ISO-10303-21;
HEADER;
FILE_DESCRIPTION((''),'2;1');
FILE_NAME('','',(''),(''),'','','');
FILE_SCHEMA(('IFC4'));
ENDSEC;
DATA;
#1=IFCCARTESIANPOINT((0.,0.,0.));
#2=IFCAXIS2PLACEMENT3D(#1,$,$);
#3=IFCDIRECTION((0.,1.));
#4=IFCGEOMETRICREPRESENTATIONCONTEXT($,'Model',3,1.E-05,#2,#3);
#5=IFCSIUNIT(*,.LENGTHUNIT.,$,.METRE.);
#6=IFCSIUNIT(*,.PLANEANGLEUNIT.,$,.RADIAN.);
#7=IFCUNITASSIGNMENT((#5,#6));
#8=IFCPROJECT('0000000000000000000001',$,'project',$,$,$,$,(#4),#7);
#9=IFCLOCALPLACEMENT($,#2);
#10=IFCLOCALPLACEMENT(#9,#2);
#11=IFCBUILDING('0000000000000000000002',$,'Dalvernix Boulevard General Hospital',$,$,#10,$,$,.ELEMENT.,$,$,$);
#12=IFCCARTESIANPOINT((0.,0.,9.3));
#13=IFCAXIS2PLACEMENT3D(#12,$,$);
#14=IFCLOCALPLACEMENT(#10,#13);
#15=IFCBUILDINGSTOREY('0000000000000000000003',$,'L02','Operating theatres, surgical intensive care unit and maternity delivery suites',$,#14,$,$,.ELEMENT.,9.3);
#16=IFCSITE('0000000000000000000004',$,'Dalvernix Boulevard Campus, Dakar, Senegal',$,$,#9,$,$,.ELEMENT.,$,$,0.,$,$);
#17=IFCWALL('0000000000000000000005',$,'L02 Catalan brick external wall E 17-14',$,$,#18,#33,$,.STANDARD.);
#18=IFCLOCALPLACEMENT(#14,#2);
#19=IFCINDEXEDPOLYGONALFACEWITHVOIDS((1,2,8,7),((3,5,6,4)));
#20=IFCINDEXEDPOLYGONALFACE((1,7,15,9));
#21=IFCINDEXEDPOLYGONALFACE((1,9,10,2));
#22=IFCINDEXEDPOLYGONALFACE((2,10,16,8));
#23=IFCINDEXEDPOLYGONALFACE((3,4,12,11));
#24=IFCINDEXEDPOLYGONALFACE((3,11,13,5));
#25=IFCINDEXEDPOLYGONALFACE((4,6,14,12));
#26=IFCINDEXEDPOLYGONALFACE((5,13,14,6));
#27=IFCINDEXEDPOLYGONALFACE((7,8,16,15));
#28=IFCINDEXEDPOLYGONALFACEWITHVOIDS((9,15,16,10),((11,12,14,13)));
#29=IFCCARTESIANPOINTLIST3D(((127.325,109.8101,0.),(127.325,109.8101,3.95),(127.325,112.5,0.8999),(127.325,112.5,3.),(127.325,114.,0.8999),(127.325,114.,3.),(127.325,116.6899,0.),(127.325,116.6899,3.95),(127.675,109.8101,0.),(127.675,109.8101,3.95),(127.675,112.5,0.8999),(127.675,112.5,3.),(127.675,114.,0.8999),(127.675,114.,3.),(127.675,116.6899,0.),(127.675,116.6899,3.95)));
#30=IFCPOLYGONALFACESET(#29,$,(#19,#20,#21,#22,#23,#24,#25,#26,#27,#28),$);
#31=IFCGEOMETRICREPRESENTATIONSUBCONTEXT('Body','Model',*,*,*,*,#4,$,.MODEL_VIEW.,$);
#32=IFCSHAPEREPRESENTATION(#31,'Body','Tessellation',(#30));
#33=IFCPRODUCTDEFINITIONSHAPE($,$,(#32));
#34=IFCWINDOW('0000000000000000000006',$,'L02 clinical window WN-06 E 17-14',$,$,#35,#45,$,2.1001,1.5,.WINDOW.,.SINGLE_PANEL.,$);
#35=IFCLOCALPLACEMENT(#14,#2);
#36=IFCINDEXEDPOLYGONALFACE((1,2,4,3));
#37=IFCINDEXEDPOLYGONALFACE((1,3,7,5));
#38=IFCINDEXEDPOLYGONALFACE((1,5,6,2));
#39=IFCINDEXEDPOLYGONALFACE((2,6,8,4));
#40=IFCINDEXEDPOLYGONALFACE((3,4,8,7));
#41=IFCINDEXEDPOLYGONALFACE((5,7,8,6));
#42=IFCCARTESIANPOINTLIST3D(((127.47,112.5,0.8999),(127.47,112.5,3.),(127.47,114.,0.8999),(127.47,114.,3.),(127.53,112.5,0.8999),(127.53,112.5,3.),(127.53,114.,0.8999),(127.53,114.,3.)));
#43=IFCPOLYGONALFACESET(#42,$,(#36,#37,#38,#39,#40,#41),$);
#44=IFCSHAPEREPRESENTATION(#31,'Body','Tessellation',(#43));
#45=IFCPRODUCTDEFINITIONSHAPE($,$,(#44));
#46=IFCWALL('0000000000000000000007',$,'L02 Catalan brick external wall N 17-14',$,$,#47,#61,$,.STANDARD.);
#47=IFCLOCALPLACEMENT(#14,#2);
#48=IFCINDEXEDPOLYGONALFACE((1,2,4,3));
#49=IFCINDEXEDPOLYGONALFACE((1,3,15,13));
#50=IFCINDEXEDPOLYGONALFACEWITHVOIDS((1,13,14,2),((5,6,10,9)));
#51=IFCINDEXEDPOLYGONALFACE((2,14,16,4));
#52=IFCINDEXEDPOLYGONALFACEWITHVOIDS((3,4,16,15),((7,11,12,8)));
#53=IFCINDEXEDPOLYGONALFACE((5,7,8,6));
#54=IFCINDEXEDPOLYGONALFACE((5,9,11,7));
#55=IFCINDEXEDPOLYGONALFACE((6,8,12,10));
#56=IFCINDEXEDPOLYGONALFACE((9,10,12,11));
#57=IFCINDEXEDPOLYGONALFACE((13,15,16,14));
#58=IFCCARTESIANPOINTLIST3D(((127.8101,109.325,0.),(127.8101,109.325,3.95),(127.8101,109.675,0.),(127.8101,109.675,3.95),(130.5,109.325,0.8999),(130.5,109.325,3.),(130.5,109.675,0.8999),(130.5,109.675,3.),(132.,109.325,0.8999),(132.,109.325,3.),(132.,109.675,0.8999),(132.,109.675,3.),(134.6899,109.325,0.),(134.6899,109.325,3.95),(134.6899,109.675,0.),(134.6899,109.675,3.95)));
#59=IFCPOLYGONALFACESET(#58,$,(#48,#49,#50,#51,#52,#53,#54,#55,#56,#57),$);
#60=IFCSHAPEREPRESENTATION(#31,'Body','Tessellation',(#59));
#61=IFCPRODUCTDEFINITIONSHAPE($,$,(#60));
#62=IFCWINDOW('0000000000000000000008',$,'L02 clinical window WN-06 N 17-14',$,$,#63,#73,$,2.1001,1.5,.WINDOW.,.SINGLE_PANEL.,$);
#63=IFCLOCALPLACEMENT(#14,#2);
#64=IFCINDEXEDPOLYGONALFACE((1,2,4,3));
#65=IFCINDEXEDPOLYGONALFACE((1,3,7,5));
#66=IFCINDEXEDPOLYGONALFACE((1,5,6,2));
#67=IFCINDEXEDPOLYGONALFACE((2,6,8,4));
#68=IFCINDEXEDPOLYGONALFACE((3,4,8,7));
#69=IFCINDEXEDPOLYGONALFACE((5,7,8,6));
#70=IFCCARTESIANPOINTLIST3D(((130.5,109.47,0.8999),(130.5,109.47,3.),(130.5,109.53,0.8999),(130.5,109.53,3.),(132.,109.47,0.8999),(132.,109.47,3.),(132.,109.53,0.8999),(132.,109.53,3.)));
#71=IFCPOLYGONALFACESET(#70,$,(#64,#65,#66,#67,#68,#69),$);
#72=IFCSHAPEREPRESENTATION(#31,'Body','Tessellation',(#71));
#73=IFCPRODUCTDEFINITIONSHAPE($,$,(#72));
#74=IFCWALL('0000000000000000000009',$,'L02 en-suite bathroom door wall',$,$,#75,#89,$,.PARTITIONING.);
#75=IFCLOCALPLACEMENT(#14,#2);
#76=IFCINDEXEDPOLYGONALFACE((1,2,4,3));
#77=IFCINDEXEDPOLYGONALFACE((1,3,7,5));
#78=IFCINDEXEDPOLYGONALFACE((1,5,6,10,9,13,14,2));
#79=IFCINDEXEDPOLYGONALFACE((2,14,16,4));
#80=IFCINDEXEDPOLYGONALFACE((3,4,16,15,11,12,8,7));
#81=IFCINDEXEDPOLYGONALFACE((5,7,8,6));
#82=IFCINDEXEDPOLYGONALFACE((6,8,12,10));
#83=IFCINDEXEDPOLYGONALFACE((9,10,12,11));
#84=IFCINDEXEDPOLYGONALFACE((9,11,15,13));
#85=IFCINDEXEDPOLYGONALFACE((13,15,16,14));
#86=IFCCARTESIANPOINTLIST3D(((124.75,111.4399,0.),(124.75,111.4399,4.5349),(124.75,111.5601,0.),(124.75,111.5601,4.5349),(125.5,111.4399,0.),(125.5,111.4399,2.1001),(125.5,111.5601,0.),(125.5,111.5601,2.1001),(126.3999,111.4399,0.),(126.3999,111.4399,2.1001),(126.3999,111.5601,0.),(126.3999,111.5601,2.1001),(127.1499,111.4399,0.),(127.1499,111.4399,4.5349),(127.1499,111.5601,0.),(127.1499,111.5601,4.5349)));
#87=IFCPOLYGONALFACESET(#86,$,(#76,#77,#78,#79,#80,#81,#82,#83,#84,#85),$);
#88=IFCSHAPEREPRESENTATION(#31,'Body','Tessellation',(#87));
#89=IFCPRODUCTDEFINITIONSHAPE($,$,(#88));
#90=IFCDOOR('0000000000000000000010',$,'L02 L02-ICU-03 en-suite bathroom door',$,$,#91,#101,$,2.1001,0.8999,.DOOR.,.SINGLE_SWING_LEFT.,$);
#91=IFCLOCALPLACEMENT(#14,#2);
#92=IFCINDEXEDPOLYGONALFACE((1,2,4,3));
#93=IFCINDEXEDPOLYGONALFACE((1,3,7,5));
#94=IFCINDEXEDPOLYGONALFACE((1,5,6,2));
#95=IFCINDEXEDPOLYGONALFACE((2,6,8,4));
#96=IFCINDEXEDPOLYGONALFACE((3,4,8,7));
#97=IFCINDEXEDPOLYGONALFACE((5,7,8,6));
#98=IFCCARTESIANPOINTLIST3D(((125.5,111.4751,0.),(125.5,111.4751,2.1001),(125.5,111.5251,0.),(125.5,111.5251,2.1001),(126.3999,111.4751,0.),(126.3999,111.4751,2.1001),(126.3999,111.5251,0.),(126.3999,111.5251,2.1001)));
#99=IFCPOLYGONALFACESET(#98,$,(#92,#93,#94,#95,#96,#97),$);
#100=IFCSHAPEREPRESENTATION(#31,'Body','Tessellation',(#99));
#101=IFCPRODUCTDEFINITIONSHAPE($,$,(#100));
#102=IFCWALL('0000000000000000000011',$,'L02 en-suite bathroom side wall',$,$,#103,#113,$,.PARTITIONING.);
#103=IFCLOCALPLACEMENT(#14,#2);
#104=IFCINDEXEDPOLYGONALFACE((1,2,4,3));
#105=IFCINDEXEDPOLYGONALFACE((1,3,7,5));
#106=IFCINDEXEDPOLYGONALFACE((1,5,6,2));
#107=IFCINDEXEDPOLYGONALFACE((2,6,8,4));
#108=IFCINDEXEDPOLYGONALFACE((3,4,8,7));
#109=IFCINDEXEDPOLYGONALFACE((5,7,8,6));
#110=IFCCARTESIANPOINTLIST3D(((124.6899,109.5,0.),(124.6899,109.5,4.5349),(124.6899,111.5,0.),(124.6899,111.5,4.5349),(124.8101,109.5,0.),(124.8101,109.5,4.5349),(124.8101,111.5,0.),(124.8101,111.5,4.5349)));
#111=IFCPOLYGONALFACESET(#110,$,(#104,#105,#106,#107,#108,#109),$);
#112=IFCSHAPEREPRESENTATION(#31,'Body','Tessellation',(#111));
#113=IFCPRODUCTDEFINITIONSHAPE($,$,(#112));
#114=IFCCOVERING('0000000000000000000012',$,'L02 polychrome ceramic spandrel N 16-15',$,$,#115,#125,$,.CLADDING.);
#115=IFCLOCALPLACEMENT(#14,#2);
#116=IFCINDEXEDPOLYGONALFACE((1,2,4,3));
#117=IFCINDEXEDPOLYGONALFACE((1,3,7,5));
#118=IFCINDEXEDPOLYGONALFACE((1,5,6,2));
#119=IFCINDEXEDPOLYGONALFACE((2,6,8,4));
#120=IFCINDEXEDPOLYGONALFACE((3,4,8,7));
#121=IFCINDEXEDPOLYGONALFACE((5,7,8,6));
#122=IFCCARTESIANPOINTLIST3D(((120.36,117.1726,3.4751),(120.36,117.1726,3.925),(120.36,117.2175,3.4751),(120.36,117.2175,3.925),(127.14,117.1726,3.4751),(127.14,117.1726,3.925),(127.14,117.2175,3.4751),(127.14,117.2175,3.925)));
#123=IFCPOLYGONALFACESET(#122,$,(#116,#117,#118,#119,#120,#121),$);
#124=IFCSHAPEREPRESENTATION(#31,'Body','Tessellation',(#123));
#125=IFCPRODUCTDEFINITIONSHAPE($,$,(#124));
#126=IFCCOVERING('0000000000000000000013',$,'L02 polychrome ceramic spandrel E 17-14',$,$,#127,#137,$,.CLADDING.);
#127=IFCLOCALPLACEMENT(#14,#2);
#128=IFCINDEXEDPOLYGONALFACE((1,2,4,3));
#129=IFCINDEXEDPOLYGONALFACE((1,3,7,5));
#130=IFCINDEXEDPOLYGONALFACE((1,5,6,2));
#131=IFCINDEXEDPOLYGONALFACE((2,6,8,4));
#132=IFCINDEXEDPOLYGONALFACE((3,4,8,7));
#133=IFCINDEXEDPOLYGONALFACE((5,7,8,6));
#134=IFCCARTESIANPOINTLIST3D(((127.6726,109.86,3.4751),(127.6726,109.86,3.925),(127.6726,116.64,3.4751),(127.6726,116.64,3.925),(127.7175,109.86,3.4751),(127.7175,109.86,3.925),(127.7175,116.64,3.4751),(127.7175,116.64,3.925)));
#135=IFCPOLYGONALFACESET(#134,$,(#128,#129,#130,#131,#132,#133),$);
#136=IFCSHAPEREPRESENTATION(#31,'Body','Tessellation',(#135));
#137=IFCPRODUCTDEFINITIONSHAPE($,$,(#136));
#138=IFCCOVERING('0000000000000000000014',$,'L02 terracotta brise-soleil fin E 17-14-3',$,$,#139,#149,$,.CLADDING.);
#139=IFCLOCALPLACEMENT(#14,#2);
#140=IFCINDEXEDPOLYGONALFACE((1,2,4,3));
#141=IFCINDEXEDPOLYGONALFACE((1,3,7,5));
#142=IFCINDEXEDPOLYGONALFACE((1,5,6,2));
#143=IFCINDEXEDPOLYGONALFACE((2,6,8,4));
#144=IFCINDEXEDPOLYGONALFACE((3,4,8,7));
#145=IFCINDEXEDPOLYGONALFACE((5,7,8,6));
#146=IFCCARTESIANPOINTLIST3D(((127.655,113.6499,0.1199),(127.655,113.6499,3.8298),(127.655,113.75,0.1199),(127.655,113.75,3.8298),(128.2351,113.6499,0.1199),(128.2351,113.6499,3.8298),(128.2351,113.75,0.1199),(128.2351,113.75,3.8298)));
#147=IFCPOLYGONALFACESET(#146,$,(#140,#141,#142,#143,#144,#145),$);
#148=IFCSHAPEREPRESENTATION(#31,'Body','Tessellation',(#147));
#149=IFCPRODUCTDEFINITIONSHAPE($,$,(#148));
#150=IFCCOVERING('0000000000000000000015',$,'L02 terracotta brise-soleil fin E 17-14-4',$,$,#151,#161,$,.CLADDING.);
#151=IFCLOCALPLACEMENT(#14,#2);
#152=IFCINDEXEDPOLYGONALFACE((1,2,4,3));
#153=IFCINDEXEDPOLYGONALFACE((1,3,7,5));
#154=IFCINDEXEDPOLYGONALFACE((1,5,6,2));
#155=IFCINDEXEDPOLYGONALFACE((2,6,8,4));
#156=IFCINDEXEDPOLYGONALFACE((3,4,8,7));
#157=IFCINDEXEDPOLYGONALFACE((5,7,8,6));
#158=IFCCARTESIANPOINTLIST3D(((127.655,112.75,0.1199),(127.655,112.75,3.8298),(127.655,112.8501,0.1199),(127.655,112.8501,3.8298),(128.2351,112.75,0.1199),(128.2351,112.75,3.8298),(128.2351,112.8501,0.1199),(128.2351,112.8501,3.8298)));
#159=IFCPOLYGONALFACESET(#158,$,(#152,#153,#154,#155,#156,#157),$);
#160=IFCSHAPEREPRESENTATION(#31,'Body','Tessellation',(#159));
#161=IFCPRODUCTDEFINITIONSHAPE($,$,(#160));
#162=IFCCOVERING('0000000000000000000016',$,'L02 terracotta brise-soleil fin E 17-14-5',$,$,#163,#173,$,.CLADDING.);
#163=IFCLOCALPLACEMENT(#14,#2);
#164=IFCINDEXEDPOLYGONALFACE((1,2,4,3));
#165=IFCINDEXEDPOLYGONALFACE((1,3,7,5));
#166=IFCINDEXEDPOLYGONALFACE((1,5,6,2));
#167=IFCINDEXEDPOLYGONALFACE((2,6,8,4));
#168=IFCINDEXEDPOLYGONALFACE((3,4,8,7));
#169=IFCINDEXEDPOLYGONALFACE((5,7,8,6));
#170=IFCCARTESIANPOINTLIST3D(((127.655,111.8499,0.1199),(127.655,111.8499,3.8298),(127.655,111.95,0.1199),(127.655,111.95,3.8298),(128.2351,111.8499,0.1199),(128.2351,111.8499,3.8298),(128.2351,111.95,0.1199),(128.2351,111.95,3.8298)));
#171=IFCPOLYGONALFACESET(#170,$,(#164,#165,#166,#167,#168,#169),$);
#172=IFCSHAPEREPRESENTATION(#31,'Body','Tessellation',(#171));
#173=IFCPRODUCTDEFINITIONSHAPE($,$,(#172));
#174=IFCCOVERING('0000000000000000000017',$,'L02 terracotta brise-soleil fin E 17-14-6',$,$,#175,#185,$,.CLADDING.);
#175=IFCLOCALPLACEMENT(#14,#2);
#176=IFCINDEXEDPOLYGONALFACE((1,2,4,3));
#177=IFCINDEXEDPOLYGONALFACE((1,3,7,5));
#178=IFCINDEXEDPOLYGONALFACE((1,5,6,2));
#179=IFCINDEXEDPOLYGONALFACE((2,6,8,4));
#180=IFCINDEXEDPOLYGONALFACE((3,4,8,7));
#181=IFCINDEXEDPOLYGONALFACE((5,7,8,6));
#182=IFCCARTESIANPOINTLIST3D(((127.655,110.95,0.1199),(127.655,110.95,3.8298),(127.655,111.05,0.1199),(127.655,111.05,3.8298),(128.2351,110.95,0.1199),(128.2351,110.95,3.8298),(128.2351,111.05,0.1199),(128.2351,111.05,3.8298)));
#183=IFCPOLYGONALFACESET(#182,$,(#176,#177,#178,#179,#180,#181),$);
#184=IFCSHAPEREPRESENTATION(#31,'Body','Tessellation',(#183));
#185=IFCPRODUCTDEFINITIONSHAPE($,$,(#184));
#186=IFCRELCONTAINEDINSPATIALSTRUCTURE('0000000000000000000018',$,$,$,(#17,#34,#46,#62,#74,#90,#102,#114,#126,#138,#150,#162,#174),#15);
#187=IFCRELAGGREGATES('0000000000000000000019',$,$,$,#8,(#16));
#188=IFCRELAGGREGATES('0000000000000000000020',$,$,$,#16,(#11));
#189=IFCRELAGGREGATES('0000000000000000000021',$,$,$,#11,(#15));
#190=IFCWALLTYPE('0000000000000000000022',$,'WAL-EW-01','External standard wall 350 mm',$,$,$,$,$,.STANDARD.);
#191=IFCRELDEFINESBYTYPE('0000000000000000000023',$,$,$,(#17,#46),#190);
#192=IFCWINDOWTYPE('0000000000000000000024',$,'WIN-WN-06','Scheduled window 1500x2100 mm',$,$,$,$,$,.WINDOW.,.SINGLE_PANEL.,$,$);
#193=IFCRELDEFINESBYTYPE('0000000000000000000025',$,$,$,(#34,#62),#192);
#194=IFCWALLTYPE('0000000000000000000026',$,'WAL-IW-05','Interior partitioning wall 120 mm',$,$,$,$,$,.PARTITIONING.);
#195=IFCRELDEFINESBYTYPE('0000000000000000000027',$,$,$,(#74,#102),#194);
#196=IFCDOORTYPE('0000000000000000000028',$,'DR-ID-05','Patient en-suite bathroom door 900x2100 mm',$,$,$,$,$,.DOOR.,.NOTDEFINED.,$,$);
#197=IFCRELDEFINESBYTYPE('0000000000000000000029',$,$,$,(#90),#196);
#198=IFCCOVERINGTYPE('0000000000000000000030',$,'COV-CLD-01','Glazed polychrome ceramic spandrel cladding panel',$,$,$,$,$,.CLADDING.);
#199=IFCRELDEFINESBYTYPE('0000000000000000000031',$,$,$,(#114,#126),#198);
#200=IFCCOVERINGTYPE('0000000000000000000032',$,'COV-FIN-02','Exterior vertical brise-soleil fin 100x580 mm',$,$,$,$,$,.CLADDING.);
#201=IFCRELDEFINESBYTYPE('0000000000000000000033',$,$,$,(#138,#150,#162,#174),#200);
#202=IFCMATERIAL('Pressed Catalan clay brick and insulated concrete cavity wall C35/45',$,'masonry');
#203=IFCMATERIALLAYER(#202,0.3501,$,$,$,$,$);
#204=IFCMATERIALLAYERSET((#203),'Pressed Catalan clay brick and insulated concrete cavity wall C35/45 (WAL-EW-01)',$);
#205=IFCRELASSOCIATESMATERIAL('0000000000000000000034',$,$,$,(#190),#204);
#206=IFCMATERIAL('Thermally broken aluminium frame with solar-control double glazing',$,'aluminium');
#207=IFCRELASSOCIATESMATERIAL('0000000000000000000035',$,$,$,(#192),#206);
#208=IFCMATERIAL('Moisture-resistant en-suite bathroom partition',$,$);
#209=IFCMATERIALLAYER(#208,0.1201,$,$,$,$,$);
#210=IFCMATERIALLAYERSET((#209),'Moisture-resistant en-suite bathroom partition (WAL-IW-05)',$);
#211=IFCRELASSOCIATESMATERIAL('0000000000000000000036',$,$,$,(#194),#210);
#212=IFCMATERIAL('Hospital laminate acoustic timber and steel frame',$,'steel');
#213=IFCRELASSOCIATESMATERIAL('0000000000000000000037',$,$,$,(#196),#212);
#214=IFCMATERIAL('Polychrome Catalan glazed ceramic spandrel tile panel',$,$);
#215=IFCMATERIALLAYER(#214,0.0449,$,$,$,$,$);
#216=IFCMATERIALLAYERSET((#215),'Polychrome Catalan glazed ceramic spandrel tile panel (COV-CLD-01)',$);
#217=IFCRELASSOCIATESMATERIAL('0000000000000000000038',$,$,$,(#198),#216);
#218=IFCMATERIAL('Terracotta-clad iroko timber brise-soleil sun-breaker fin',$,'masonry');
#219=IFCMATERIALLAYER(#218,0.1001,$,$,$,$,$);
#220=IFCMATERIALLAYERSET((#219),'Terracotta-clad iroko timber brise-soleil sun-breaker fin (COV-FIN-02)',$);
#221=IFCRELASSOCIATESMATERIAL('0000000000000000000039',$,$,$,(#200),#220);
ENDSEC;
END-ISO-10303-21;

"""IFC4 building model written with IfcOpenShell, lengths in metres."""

from ifc_helpers import new_model, si_unit, direction, frame, frame_2d, origin, origin_2d, place, context, subcontext, project, spatial, rectangle, extrude, material, layer, layer_set, type_object, element, fill, save


model = new_model("IFC4")

# Units and contexts
model_context = context("Model", 3, precision=1e-05, world=origin(), true_north=direction((0.0, 1.0)))
body_context = subcontext(model_context, "Body", "Model", "MODEL_VIEW")
ifc_project = project(units=[si_unit("LENGTHUNIT", "METRE"), si_unit("PLANEANGLEUNIT", "RADIAN")], contexts=[model_context])

# Site, building, storey
site_placement = place(None, origin())
site = spatial("IfcSite", under=ifc_project, at=site_placement, Name="Dalvernix Boulevard Campus, Dakar, Senegal", CompositionType="ELEMENT", RefElevation=0.0)
building_placement = place(site_placement, origin())
building = spatial("IfcBuilding", under=site, at=building_placement, Name="Dalvernix Boulevard General Hospital", CompositionType="ELEMENT")
storey_placement = place(building_placement, frame((0.0, 0.0, 9.3)))
storey = spatial("IfcBuildingStorey", under=building, at=storey_placement, Name="L02", Description="Operating theatres, surgical intensive care unit and maternity delivery suites", CompositionType="ELEMENT", Elevation=9.3)

# Walls, openings, windows
ifc_material_1 = material(Name="Pressed Catalan clay brick and insulated concrete cavity wall C35/45", Category="masonry")
ifc_layer_1 = layer(ifc_material_1, 0.3501)
ifc_layer_set_1 = layer_set([ifc_layer_1], Name="Pressed Catalan clay brick and insulated concrete cavity wall C35/45 (WAL-EW-01)")
wall_type_1 = type_object("IfcWallType", Name="WAL-EW-01", Description="External standard wall 350 mm", PredefinedType="STANDARD", material=ifc_layer_set_1)
ifc_material_2 = material(Name="Thermally broken aluminium frame with solar-control double glazing", Category="aluminium")
window_type = type_object("IfcWindowType", Name="WIN-WN-06", Description="Scheduled window 1500x2100 mm", PartitioningType="SINGLE_PANEL", PredefinedType="WINDOW", material=ifc_material_2)
wall_1_placement = place(storey_placement, frame((127.5, 116.6899, 0.0), z_axis=(0.0, 0.0, 1.0), x_axis=(0.0, -1.0, 0.0)))
wall_1 = element("IfcWall", 1, at=wall_1_placement, inside=storey, type_object=wall_type_1, Name="L02 Catalan brick external wall E 17-14", PredefinedType="STANDARD", context=body_context, shape_type="SweptSolid", body=[
    extrude(rectangle(XDim=6.8799, YDim=0.3501, at=frame_2d((3.4399, 0.0))), origin(), (0.0, 0.0, 1.0), 3.95),
])
opening_1_placement = place(wall_1_placement, frame((2.6899, 0.0, 0.8999)))
opening_1 = element("IfcOpeningElement", 2, at=opening_1_placement, cuts=wall_1, PredefinedType="OPENING", context=body_context, shape_type="SweptSolid", body=[
    extrude(rectangle(XDim=1.5, YDim=2.1001, at=frame_2d((0.75, 1.05))), frame((0.0, 0.1851, 0.0), z_axis=(0.0, -1.0, 0.0), x_axis=(1.0, 0.0, 0.0)), (0.0, 0.0, 1.0), 0.3701),
])
window_1_placement = place(opening_1_placement, origin())
window_1 = element("IfcWindow", 3, at=window_1_placement, inside=storey, type_object=window_type, Name="L02 clinical window WN-06 E 17-14", OverallHeight=2.1001, OverallWidth=1.5, PartitioningType="SINGLE_PANEL", PredefinedType="WINDOW", context=body_context, shape_type="SweptSolid", body=[
    extrude(rectangle(XDim=1.5, YDim=2.1001, at=frame_2d((0.75, 1.05))), frame((0.0, 0.03, 0.0), z_axis=(0.0, -1.0, 0.0), x_axis=(1.0, 0.0, 0.0)), (0.0, 0.0, 1.0), 0.0601),
])
fill(opening_1, window_1)
wall_2_placement = place(storey_placement, frame((127.8101, 109.5, 0.0), z_axis=(0.0, 0.0, 1.0), x_axis=(1.0, 0.0, 0.0)))
wall_2 = element("IfcWall", 4, at=wall_2_placement, inside=storey, type_object=wall_type_1, Name="L02 Catalan brick external wall N 17-14", PredefinedType="STANDARD", context=body_context, shape_type="SweptSolid", body=[
    extrude(rectangle(XDim=6.8799, YDim=0.3501, at=frame_2d((3.4399, 0.0))), origin(), (0.0, 0.0, 1.0), 3.95),
])
opening_2_placement = place(wall_2_placement, frame((2.6899, 0.0, 0.8999)))
opening_2 = element("IfcOpeningElement", 5, at=opening_2_placement, cuts=wall_2, PredefinedType="OPENING", context=body_context, shape_type="SweptSolid", body=[
    extrude(rectangle(XDim=1.5, YDim=2.1001, at=frame_2d((0.75, 1.05))), frame((0.0, 0.1851, 0.0), z_axis=(0.0, -1.0, 0.0), x_axis=(1.0, 0.0, 0.0)), (0.0, 0.0, 1.0), 0.3701),
])
window_2_placement = place(opening_2_placement, origin())
window_2 = element("IfcWindow", 6, at=window_2_placement, inside=storey, type_object=window_type, Name="L02 clinical window WN-06 N 17-14", OverallHeight=2.1001, OverallWidth=1.5, PartitioningType="SINGLE_PANEL", PredefinedType="WINDOW", context=body_context, shape_type="SweptSolid", body=[
    extrude(rectangle(XDim=1.5, YDim=2.1001, at=frame_2d((0.75, 1.05))), frame((0.0, 0.03, 0.0), z_axis=(0.0, -1.0, 0.0), x_axis=(1.0, 0.0, 0.0)), (0.0, 0.0, 1.0), 0.0601),
])
fill(opening_2, window_2)

# Wall, opening, door
ifc_material_3 = material(Name="Moisture-resistant en-suite bathroom partition")
ifc_layer_2 = layer(ifc_material_3, 0.1201)
ifc_layer_set_2 = layer_set([ifc_layer_2], Name="Moisture-resistant en-suite bathroom partition (WAL-IW-05)")
wall_type_2 = type_object("IfcWallType", Name="WAL-IW-05", Description="Interior partitioning wall 120 mm", PredefinedType="PARTITIONING", material=ifc_layer_set_2)
wall_3_placement = place(storey_placement, frame((127.1499, 111.5, 0.0), z_axis=(0.0, 0.0, 1.0), x_axis=(-1.0, 0.0, 0.0)))
wall_3 = element("IfcWall", 7, at=wall_3_placement, inside=storey, type_object=wall_type_2, Name="L02 en-suite bathroom door wall", PredefinedType="PARTITIONING", context=body_context, shape_type="SweptSolid", body=[
    extrude(rectangle(XDim=2.3999, YDim=0.1201, at=frame_2d((1.2, 0.0))), origin(), (0.0, 0.0, 1.0), 4.5349),
])
opening_3_placement = place(wall_3_placement, frame((0.75, 0.0, 0.0)))
opening_3 = element("IfcOpeningElement", 8, at=opening_3_placement, cuts=wall_3, PredefinedType="OPENING", context=body_context, shape_type="SweptSolid", body=[
    extrude(rectangle(XDim=0.8999, YDim=2.1001, at=frame_2d((0.45, 1.05))), frame((0.0, 0.0701, 0.0), z_axis=(0.0, -1.0, 0.0), x_axis=(1.0, 0.0, 0.0)), (0.0, 0.0, 1.0), 0.1401),
])
ifc_material_4 = material(Name="Hospital laminate acoustic timber and steel frame", Category="steel")
door_type = type_object("IfcDoorType", Name="DR-ID-05", Description="Patient en-suite bathroom door 900x2100 mm", OperationType="NOTDEFINED", PredefinedType="DOOR", material=ifc_material_4)
door_placement = place(opening_3_placement, origin())
door = element("IfcDoor", 9, at=door_placement, inside=storey, type_object=door_type, Name="L02 L02-ICU-03 en-suite bathroom door", OperationType="SINGLE_SWING_LEFT", OverallHeight=2.1001, OverallWidth=0.8999, PredefinedType="DOOR", context=body_context, shape_type="SweptSolid", body=[
    extrude(rectangle(XDim=0.8999, YDim=2.1001, at=frame_2d((0.45, 1.05))), frame((0.0, 0.0249, 0.0), z_axis=(0.0, -1.0, 0.0), x_axis=(1.0, 0.0, 0.0)), (0.0, 0.0, 1.0), 0.05),
])
fill(opening_3, door)

# Wall
wall_4_placement = place(storey_placement, frame((124.75, 109.5, 0.0), z_axis=(0.0, 0.0, 1.0), x_axis=(0.0, 1.0, 0.0)))
element("IfcWall", 10, at=wall_4_placement, inside=storey, type_object=wall_type_2, Name="L02 en-suite bathroom side wall", PredefinedType="PARTITIONING", context=body_context, shape_type="SweptSolid", body=[
    extrude(rectangle(XDim=2.0, YDim=0.1201, at=frame_2d((1.0, 0.0))), origin(), (0.0, 0.0, 1.0), 4.5349),
])

# Coverings
ifc_material_5 = material(Name="Polychrome Catalan glazed ceramic spandrel tile panel")
ifc_layer_3 = layer(ifc_material_5, 0.0449)
ifc_layer_set_3 = layer_set([ifc_layer_3], Name="Polychrome Catalan glazed ceramic spandrel tile panel (COV-CLD-01)")
covering_type_1 = type_object("IfcCoveringType", Name="COV-CLD-01", Description="Glazed polychrome ceramic spandrel cladding panel", PredefinedType="CLADDING", material=ifc_layer_set_3)
for number, where, z_axis, x_axis, name in (
    (11, (123.75, 117.1951, 3.4751), (0.0, 0.0, 1.0), (1.0, 0.0, 0.0), "L02 polychrome ceramic spandrel N 16-15"),
    (12, (127.6951, 113.25, 3.4751), (0.0, 0.0, 1.0), (0.0, -1.0, 0.0), "L02 polychrome ceramic spandrel E 17-14"),
):
    element("IfcCovering", number, at=place(storey_placement, frame(where, z_axis=z_axis, x_axis=x_axis)), inside=storey, type_object=covering_type_1, Name=name, PredefinedType="CLADDING", context=body_context, shape_type="SweptSolid", body=[
        extrude(rectangle(XDim=6.78, YDim=0.0449, at=origin_2d()), origin(), (0.0, 0.0, 1.0), 0.45),
    ])
ifc_material_6 = material(Name="Terracotta-clad iroko timber brise-soleil sun-breaker fin", Category="masonry")
ifc_layer_4 = layer(ifc_material_6, 0.1001)
ifc_layer_set_4 = layer_set([ifc_layer_4], Name="Terracotta-clad iroko timber brise-soleil sun-breaker fin (COV-FIN-02)")
covering_type_2 = type_object("IfcCoveringType", Name="COV-FIN-02", Description="Exterior vertical brise-soleil fin 100x580 mm", PredefinedType="CLADDING", material=ifc_layer_set_4)
for number, where, z_axis, x_axis, name in (
    (13, (127.9451, 113.7, 0.1199), (0.0, 0.0, 1.0), (0.0, -1.0, 0.0), "L02 terracotta brise-soleil fin E 17-14-3"),
    (14, (127.9451, 112.8, 0.1199), (0.0, 0.0, 1.0), (0.0, -1.0, 0.0), "L02 terracotta brise-soleil fin E 17-14-4"),
    (15, (127.9451, 111.8999, 0.1199), (0.0, 0.0, 1.0), (0.0, -1.0, 0.0), "L02 terracotta brise-soleil fin E 17-14-5"),
    (16, (127.9451, 111.0, 0.1199), (0.0, 0.0, 1.0), (0.0, -1.0, 0.0), "L02 terracotta brise-soleil fin E 17-14-6"),
):
    element("IfcCovering", number, at=place(storey_placement, frame(where, z_axis=z_axis, x_axis=x_axis)), inside=storey, type_object=covering_type_2, Name=name, PredefinedType="CLADDING", context=body_context, shape_type="SweptSolid", body=[
        extrude(rectangle(XDim=0.1001, YDim=0.5801, at=origin_2d()), origin(), (0.0, 0.0, 1.0), 3.71),
    ])

save(model, "model.ifc")
